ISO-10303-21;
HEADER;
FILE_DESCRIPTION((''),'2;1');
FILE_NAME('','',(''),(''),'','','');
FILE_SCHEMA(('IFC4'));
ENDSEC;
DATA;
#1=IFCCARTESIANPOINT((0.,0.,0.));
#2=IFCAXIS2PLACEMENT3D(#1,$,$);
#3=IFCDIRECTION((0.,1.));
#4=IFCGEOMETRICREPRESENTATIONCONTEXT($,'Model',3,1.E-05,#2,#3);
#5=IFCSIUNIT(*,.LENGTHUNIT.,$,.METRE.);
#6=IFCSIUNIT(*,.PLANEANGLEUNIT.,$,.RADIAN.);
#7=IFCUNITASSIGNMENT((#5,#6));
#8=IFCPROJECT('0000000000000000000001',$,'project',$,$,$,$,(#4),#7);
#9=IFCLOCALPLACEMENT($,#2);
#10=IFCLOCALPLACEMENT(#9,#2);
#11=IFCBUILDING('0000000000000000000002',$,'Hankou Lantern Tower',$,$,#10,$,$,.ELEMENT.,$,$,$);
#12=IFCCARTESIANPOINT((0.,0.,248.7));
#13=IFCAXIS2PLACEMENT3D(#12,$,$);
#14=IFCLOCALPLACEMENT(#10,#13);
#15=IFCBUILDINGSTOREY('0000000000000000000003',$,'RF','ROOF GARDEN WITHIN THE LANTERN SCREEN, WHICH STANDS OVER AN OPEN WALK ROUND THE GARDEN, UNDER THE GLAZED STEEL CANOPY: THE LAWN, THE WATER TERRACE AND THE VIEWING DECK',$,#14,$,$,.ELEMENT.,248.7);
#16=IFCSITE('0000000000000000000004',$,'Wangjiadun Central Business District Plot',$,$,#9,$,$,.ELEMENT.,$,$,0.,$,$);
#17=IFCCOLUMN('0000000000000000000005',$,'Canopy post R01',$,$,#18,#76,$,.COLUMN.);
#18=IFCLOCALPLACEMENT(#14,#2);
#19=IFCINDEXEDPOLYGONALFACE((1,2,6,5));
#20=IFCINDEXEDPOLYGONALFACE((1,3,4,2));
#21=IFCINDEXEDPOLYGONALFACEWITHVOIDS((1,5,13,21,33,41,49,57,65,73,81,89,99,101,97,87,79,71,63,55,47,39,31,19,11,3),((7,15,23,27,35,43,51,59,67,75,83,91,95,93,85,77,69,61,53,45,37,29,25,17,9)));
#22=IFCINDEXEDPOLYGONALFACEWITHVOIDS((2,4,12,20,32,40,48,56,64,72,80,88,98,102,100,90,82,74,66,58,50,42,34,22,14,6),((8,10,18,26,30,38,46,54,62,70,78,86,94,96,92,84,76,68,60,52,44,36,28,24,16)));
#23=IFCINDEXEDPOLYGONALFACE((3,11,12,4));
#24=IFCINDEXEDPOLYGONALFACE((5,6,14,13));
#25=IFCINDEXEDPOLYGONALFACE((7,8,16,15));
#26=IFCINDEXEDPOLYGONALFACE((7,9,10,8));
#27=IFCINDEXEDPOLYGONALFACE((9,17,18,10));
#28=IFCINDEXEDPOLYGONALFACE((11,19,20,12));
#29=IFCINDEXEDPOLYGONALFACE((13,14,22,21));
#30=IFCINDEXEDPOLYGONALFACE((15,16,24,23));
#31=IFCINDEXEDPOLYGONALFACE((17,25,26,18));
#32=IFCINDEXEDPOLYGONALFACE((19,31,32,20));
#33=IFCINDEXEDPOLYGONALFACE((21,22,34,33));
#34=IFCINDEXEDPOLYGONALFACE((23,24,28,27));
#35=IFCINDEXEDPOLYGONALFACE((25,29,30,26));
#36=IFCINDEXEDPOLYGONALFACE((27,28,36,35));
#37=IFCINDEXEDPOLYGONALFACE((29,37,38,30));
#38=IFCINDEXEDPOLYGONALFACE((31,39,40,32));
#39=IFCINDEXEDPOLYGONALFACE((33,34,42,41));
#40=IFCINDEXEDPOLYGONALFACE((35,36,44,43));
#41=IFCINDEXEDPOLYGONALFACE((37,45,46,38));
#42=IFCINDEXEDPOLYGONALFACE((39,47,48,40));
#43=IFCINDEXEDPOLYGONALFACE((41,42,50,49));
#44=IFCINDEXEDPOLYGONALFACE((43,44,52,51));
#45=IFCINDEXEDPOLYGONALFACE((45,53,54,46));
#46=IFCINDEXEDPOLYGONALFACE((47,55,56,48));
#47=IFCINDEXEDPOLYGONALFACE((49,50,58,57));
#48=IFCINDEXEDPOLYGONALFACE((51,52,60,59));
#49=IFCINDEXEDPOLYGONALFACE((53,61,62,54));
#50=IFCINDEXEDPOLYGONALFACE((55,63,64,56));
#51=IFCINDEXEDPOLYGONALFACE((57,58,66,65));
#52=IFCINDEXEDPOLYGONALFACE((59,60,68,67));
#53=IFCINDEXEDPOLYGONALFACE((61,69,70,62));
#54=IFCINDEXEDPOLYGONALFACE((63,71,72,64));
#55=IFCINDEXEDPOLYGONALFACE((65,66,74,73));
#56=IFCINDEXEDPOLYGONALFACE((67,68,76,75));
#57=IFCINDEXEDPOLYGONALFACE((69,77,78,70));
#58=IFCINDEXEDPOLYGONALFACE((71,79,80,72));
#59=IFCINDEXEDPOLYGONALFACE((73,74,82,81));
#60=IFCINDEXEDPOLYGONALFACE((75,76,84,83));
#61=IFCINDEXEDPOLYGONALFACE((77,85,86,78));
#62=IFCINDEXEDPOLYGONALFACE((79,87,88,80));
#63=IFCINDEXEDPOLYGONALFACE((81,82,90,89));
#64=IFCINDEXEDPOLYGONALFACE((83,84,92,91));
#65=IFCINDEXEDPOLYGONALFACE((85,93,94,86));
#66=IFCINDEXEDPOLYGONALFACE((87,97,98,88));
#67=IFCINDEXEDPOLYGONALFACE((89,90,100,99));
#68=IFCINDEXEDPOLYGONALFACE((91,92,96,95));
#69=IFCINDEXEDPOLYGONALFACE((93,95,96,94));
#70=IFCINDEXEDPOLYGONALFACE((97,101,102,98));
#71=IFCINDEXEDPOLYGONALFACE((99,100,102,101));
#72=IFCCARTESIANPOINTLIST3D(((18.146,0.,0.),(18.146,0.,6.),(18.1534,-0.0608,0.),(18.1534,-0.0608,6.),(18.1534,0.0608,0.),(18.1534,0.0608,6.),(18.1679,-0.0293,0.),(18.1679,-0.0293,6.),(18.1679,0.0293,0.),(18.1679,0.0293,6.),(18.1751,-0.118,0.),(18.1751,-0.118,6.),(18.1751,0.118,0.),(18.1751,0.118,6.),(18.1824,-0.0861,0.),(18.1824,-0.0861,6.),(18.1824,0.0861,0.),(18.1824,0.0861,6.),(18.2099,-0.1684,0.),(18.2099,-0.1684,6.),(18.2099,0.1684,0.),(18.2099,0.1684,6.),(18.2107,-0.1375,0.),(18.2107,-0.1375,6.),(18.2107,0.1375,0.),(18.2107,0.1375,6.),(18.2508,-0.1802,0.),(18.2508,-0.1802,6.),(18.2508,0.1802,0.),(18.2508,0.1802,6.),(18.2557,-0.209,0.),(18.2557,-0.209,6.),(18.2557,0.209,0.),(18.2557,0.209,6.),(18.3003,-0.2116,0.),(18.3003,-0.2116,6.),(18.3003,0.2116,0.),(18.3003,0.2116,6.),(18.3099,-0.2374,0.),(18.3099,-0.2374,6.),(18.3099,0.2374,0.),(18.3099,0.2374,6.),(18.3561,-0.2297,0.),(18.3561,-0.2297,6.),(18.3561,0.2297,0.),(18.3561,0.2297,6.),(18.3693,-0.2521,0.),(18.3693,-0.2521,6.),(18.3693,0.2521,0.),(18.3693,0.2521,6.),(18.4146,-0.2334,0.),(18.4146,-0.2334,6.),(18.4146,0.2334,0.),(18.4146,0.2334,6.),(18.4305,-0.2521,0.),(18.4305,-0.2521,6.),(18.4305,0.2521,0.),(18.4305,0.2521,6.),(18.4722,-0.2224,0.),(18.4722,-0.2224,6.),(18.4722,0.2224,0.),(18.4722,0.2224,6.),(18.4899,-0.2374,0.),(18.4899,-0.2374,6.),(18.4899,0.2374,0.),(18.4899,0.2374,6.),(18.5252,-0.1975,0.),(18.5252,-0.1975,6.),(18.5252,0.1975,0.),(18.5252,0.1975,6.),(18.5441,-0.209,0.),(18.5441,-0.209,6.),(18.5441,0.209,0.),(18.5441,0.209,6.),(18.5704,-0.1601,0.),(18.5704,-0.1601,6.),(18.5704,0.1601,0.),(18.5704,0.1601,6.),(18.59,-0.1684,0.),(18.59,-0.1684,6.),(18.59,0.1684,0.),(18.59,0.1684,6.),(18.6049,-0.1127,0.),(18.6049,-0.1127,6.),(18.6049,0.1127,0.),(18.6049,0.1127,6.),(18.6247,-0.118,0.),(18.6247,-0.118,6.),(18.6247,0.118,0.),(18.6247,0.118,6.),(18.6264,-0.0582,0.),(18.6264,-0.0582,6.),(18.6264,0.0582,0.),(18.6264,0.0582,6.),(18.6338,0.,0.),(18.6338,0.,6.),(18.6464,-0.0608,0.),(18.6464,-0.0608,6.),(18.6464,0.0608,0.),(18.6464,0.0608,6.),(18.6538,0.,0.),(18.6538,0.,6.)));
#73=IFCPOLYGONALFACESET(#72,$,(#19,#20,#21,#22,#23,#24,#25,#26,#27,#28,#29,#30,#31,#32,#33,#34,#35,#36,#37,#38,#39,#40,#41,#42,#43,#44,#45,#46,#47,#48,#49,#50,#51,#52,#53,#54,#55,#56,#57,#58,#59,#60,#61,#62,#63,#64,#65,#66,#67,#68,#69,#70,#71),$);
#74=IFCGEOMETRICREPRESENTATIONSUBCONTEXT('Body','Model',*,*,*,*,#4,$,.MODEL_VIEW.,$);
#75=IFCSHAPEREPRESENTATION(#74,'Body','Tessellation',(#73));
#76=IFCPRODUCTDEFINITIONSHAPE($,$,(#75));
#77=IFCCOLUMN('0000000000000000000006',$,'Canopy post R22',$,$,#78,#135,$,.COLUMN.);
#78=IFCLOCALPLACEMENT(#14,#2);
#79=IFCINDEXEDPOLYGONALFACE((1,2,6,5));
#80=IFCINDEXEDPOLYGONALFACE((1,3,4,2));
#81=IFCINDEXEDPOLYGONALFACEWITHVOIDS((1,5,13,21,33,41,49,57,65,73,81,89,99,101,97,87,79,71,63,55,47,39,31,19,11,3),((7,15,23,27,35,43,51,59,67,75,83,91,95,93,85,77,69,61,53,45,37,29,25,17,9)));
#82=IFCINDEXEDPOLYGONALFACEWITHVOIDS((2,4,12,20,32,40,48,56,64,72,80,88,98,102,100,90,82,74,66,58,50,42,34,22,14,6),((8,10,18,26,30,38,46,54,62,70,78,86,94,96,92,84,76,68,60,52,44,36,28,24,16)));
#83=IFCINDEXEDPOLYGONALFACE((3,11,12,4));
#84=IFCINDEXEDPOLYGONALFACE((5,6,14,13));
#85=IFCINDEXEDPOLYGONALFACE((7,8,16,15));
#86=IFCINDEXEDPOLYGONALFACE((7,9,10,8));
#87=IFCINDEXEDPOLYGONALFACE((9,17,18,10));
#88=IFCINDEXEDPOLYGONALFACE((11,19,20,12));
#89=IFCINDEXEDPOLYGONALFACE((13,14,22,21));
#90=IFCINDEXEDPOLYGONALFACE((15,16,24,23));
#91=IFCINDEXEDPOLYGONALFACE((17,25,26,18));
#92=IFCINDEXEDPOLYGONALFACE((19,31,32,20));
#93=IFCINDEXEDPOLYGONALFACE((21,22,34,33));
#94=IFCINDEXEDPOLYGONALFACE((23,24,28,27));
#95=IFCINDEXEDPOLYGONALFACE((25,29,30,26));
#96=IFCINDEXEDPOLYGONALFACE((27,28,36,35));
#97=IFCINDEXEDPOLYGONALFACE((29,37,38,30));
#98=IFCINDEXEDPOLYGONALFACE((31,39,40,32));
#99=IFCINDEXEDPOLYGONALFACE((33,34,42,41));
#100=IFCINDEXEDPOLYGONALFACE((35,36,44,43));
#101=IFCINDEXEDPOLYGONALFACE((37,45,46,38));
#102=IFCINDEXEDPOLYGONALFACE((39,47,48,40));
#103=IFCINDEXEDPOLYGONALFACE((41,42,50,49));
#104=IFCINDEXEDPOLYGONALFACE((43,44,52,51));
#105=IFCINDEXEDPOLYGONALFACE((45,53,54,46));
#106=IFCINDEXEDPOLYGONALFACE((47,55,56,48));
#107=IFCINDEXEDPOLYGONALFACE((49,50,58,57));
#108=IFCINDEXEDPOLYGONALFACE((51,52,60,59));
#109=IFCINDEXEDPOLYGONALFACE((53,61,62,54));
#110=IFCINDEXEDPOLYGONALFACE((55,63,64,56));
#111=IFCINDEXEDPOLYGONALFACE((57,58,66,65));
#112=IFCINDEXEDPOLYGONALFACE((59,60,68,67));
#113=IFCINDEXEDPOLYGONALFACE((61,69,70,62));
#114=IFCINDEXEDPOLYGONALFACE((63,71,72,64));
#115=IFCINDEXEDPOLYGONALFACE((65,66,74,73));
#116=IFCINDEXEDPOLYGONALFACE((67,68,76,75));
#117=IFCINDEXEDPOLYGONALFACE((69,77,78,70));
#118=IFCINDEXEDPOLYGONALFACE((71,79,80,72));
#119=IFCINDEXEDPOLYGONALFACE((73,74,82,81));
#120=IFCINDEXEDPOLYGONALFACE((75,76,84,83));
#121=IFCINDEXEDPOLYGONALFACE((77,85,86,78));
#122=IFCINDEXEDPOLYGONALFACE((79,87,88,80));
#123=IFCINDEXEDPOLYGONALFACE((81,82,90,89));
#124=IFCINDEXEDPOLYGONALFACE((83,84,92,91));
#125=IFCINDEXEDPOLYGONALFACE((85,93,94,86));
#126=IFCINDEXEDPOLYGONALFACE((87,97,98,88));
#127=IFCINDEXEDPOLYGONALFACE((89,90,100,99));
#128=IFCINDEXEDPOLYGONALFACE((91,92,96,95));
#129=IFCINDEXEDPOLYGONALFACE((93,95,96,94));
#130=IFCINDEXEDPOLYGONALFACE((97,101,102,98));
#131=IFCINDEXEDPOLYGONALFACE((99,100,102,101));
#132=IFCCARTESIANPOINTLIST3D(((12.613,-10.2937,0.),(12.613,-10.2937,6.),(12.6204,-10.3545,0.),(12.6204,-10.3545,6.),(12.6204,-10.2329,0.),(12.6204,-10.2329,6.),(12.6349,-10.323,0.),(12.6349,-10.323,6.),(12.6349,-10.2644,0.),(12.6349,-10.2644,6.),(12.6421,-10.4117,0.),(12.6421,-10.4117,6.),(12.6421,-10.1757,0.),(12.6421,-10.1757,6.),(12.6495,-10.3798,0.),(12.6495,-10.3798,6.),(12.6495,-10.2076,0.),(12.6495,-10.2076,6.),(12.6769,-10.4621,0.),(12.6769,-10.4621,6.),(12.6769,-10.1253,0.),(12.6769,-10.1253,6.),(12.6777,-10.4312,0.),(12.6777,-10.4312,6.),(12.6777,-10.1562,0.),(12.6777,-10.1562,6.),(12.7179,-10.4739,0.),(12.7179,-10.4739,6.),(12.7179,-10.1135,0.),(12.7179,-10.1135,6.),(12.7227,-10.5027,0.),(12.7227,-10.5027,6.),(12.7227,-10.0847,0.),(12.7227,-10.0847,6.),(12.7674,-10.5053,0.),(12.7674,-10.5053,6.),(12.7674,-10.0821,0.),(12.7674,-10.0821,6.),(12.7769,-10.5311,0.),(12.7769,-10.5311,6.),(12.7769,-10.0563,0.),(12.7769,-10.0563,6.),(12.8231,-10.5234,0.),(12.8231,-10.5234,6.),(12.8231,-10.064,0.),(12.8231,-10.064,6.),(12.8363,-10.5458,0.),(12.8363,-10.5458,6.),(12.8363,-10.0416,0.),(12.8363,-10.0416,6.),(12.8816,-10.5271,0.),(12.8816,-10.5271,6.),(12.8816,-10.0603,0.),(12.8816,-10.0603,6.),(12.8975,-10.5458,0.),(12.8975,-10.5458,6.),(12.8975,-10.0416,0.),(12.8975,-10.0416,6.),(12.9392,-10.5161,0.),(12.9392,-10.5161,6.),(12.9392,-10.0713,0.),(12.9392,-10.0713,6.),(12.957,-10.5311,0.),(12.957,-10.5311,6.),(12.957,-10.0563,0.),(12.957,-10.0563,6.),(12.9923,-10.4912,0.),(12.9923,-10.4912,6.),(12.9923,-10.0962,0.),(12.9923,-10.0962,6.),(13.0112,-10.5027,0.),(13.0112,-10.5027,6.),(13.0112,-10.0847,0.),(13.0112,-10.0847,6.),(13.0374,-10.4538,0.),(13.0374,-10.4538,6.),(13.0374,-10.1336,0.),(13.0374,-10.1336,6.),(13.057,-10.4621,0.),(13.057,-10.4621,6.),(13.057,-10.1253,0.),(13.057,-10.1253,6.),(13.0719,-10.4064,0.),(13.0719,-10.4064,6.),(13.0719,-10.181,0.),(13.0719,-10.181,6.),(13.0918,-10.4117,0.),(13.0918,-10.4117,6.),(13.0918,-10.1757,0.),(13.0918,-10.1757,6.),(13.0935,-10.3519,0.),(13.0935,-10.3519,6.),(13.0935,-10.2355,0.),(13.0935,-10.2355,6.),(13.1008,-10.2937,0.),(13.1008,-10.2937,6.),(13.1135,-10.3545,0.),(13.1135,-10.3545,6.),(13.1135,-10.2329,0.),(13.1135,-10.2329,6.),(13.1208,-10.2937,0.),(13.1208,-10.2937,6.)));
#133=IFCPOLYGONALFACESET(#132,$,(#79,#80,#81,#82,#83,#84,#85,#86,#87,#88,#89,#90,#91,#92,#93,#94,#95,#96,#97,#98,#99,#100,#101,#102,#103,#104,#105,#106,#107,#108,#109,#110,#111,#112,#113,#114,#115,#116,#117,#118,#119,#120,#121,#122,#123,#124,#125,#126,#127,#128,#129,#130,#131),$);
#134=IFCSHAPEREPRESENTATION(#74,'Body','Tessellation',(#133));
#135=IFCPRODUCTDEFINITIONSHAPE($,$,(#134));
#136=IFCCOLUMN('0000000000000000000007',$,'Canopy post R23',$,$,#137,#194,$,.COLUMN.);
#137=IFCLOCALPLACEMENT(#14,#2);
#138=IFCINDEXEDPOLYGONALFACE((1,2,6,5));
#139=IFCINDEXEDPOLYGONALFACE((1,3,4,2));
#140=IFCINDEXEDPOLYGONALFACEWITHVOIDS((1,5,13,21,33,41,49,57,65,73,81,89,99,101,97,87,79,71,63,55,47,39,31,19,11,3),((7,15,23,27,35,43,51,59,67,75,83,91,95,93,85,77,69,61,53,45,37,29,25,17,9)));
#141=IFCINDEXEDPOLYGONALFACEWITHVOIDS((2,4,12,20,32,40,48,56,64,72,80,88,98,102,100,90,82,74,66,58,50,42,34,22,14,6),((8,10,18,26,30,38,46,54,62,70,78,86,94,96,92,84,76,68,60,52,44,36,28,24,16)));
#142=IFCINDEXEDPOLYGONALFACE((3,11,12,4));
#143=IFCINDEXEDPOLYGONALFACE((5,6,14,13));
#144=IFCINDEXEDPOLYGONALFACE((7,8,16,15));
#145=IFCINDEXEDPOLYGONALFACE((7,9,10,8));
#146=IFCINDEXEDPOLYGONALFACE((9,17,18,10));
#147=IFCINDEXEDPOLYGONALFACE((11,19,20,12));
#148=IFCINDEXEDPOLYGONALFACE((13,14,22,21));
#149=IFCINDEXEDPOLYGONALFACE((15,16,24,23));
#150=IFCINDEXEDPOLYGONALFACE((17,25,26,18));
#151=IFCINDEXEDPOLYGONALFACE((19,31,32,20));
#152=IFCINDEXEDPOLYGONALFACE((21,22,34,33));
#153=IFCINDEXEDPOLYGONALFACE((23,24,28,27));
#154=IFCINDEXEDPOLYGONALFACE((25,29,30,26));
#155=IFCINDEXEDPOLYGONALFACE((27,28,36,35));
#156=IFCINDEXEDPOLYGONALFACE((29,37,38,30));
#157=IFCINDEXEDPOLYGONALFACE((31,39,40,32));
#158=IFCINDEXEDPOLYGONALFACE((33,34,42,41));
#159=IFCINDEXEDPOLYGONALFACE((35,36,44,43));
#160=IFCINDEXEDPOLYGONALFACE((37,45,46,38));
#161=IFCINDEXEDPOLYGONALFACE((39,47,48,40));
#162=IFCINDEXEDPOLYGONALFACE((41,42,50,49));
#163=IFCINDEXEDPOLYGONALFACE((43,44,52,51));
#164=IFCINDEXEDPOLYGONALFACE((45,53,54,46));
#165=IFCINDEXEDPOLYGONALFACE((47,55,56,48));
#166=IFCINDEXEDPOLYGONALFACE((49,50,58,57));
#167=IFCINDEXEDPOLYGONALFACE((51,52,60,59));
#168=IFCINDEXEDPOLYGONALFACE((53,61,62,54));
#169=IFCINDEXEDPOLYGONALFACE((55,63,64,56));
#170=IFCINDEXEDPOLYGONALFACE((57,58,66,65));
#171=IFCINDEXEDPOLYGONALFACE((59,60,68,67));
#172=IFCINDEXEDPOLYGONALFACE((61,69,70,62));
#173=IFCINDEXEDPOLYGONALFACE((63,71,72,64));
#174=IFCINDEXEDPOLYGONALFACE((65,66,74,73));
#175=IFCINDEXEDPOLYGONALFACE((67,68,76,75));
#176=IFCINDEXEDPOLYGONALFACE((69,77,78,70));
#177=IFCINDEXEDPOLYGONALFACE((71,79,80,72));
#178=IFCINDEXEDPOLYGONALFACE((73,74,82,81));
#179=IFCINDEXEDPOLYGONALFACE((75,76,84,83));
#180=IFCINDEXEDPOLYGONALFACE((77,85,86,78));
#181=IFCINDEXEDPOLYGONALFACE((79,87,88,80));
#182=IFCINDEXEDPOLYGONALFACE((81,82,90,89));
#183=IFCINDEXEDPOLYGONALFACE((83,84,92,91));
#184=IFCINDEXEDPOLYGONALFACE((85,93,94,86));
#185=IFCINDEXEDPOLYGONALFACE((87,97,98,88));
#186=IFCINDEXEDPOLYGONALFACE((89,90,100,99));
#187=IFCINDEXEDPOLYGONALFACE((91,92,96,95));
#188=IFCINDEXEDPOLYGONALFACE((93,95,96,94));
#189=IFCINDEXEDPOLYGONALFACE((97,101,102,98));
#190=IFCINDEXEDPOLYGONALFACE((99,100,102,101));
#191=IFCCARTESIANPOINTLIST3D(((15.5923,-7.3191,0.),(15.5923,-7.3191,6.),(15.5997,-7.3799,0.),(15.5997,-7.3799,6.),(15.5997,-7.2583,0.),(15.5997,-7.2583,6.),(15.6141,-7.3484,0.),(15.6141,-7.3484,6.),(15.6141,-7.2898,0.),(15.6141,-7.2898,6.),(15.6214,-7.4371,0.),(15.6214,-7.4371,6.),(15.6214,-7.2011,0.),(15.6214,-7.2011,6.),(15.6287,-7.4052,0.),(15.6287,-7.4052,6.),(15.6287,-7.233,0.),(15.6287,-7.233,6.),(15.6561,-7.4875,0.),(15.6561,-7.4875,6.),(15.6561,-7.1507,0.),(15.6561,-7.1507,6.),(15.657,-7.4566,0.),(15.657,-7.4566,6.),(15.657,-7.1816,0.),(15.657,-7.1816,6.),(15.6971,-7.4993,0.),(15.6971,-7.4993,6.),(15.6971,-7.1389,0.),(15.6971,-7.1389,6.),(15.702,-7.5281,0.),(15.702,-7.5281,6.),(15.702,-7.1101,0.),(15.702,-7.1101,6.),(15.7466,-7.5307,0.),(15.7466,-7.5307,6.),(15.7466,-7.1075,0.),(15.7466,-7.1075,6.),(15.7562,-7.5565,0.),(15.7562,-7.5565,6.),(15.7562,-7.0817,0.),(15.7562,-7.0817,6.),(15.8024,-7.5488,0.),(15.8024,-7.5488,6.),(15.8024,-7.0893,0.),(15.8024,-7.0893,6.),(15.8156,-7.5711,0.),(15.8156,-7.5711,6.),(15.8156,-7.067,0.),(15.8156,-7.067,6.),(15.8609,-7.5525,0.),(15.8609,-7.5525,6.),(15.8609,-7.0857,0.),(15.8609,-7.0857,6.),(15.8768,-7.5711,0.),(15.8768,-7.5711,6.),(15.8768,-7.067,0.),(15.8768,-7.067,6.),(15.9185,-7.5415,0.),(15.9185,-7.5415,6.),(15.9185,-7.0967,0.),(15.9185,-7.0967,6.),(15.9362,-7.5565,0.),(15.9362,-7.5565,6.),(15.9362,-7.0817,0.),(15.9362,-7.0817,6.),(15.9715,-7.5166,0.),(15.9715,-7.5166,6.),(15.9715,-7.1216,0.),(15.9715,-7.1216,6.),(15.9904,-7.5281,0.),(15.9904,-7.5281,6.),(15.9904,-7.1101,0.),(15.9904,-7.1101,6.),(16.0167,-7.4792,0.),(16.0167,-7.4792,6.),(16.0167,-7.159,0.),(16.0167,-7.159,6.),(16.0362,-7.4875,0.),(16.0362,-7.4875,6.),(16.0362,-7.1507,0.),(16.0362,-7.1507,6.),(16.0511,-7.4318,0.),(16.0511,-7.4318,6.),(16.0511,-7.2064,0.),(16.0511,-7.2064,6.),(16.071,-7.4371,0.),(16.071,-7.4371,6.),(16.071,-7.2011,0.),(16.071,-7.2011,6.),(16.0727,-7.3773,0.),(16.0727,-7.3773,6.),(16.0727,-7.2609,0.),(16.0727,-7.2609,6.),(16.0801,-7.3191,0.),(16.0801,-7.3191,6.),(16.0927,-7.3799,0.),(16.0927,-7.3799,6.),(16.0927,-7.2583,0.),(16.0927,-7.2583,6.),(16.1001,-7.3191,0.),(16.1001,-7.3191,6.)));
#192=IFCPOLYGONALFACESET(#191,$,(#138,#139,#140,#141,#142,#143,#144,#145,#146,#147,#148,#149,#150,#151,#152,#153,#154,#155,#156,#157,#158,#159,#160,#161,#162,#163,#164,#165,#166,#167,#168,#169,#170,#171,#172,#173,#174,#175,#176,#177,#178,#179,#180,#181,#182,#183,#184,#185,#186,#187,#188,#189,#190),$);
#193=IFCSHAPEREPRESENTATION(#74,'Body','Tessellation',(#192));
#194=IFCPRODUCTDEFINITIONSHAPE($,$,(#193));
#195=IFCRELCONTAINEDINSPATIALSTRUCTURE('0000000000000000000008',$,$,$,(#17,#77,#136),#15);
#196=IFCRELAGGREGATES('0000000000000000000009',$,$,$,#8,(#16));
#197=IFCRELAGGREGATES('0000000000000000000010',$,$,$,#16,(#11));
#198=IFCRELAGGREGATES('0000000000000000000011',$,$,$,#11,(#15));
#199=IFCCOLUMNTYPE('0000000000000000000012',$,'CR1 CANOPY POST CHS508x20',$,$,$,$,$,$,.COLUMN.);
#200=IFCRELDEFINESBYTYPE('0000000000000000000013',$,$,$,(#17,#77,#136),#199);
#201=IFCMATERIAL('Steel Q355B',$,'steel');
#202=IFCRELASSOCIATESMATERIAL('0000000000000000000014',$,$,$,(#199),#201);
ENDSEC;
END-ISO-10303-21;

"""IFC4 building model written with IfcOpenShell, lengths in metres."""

from ifc_helpers import new_model, si_unit, direction, frame, origin, origin_2d, place, context, subcontext, project, spatial, hollow_circle, extrude, material, material_profile, profile_set, type_object, element, save


model = new_model("IFC4")

# Units and contexts
model_context = context("Model", 3, precision=1e-05, world=origin(), true_north=direction((0.0, 1.0)))
body_context = subcontext(model_context, "Body", "Model", "MODEL_VIEW")
ifc_project = project(units=[si_unit("LENGTHUNIT", "METRE"), si_unit("PLANEANGLEUNIT", "RADIAN")], contexts=[model_context])

# Site, building, storey
site_placement = place(None, origin())
site = spatial("IfcSite", under=ifc_project, at=site_placement, Name="Wangjiadun Central Business District Plot", CompositionType="ELEMENT", RefElevation=0.0)
building_placement = place(site_placement, origin())
building = spatial("IfcBuilding", under=site, at=building_placement, Name="Hankou Lantern Tower", CompositionType="ELEMENT")
storey_placement = place(building_placement, frame((0.0, 0.0, 248.7)))
storey = spatial("IfcBuildingStorey", under=building, at=storey_placement, Name="RF", Description="ROOF GARDEN WITHIN THE LANTERN SCREEN, WHICH STANDS OVER AN OPEN WALK ROUND THE GARDEN, UNDER THE GLAZED STEEL CANOPY: THE LAWN, THE WATER TERRACE AND THE VIEWING DECK", CompositionType="ELEMENT", Elevation=248.7)

# Columns
ifc_material_1 = material(Name="Steel Q355B", Category="steel")
ifc_material_profile_1 = material_profile(ifc_material_1, hollow_circle(Radius=0.2539, WallThickness=0.02, at=origin_2d()), Name="CHS508x20")
ifc_profile_set_1 = profile_set([ifc_material_profile_1], Name="Steel Q355B")
column_type = type_object("IfcColumnType", Name="CR1 CANOPY POST CHS508x20", PredefinedType="COLUMN", material=ifc_profile_set_1)
for number, where, z_axis, x_axis, name in (
    (1, (18.3999, 0.0, 0.0), (0.0, 0.0, 1.0), (1.0, 0.0, 0.0), "Canopy post R01"),
    (2, (12.8669, -10.2937, 0.0), (0.0, 0.0, 1.0), (1.0, 0.0, 0.0), "Canopy post R22"),
    (3, (15.8462, -7.3191, 0.0), (0.0, 0.0, 1.0), (1.0, 0.0, 0.0), "Canopy post R23"),
):
    element("IfcColumn", number, at=place(storey_placement, frame(where, z_axis=z_axis, x_axis=x_axis)), inside=storey, type_object=column_type, Name=name, PredefinedType="COLUMN", context=body_context, shape_type="SweptSolid", body=[
        extrude(hollow_circle(Radius=0.2539, WallThickness=0.02, at=origin_2d()), origin(), (0.0, 0.0, 1.0), 6.0),
    ])

save(model, "model.ifc")
